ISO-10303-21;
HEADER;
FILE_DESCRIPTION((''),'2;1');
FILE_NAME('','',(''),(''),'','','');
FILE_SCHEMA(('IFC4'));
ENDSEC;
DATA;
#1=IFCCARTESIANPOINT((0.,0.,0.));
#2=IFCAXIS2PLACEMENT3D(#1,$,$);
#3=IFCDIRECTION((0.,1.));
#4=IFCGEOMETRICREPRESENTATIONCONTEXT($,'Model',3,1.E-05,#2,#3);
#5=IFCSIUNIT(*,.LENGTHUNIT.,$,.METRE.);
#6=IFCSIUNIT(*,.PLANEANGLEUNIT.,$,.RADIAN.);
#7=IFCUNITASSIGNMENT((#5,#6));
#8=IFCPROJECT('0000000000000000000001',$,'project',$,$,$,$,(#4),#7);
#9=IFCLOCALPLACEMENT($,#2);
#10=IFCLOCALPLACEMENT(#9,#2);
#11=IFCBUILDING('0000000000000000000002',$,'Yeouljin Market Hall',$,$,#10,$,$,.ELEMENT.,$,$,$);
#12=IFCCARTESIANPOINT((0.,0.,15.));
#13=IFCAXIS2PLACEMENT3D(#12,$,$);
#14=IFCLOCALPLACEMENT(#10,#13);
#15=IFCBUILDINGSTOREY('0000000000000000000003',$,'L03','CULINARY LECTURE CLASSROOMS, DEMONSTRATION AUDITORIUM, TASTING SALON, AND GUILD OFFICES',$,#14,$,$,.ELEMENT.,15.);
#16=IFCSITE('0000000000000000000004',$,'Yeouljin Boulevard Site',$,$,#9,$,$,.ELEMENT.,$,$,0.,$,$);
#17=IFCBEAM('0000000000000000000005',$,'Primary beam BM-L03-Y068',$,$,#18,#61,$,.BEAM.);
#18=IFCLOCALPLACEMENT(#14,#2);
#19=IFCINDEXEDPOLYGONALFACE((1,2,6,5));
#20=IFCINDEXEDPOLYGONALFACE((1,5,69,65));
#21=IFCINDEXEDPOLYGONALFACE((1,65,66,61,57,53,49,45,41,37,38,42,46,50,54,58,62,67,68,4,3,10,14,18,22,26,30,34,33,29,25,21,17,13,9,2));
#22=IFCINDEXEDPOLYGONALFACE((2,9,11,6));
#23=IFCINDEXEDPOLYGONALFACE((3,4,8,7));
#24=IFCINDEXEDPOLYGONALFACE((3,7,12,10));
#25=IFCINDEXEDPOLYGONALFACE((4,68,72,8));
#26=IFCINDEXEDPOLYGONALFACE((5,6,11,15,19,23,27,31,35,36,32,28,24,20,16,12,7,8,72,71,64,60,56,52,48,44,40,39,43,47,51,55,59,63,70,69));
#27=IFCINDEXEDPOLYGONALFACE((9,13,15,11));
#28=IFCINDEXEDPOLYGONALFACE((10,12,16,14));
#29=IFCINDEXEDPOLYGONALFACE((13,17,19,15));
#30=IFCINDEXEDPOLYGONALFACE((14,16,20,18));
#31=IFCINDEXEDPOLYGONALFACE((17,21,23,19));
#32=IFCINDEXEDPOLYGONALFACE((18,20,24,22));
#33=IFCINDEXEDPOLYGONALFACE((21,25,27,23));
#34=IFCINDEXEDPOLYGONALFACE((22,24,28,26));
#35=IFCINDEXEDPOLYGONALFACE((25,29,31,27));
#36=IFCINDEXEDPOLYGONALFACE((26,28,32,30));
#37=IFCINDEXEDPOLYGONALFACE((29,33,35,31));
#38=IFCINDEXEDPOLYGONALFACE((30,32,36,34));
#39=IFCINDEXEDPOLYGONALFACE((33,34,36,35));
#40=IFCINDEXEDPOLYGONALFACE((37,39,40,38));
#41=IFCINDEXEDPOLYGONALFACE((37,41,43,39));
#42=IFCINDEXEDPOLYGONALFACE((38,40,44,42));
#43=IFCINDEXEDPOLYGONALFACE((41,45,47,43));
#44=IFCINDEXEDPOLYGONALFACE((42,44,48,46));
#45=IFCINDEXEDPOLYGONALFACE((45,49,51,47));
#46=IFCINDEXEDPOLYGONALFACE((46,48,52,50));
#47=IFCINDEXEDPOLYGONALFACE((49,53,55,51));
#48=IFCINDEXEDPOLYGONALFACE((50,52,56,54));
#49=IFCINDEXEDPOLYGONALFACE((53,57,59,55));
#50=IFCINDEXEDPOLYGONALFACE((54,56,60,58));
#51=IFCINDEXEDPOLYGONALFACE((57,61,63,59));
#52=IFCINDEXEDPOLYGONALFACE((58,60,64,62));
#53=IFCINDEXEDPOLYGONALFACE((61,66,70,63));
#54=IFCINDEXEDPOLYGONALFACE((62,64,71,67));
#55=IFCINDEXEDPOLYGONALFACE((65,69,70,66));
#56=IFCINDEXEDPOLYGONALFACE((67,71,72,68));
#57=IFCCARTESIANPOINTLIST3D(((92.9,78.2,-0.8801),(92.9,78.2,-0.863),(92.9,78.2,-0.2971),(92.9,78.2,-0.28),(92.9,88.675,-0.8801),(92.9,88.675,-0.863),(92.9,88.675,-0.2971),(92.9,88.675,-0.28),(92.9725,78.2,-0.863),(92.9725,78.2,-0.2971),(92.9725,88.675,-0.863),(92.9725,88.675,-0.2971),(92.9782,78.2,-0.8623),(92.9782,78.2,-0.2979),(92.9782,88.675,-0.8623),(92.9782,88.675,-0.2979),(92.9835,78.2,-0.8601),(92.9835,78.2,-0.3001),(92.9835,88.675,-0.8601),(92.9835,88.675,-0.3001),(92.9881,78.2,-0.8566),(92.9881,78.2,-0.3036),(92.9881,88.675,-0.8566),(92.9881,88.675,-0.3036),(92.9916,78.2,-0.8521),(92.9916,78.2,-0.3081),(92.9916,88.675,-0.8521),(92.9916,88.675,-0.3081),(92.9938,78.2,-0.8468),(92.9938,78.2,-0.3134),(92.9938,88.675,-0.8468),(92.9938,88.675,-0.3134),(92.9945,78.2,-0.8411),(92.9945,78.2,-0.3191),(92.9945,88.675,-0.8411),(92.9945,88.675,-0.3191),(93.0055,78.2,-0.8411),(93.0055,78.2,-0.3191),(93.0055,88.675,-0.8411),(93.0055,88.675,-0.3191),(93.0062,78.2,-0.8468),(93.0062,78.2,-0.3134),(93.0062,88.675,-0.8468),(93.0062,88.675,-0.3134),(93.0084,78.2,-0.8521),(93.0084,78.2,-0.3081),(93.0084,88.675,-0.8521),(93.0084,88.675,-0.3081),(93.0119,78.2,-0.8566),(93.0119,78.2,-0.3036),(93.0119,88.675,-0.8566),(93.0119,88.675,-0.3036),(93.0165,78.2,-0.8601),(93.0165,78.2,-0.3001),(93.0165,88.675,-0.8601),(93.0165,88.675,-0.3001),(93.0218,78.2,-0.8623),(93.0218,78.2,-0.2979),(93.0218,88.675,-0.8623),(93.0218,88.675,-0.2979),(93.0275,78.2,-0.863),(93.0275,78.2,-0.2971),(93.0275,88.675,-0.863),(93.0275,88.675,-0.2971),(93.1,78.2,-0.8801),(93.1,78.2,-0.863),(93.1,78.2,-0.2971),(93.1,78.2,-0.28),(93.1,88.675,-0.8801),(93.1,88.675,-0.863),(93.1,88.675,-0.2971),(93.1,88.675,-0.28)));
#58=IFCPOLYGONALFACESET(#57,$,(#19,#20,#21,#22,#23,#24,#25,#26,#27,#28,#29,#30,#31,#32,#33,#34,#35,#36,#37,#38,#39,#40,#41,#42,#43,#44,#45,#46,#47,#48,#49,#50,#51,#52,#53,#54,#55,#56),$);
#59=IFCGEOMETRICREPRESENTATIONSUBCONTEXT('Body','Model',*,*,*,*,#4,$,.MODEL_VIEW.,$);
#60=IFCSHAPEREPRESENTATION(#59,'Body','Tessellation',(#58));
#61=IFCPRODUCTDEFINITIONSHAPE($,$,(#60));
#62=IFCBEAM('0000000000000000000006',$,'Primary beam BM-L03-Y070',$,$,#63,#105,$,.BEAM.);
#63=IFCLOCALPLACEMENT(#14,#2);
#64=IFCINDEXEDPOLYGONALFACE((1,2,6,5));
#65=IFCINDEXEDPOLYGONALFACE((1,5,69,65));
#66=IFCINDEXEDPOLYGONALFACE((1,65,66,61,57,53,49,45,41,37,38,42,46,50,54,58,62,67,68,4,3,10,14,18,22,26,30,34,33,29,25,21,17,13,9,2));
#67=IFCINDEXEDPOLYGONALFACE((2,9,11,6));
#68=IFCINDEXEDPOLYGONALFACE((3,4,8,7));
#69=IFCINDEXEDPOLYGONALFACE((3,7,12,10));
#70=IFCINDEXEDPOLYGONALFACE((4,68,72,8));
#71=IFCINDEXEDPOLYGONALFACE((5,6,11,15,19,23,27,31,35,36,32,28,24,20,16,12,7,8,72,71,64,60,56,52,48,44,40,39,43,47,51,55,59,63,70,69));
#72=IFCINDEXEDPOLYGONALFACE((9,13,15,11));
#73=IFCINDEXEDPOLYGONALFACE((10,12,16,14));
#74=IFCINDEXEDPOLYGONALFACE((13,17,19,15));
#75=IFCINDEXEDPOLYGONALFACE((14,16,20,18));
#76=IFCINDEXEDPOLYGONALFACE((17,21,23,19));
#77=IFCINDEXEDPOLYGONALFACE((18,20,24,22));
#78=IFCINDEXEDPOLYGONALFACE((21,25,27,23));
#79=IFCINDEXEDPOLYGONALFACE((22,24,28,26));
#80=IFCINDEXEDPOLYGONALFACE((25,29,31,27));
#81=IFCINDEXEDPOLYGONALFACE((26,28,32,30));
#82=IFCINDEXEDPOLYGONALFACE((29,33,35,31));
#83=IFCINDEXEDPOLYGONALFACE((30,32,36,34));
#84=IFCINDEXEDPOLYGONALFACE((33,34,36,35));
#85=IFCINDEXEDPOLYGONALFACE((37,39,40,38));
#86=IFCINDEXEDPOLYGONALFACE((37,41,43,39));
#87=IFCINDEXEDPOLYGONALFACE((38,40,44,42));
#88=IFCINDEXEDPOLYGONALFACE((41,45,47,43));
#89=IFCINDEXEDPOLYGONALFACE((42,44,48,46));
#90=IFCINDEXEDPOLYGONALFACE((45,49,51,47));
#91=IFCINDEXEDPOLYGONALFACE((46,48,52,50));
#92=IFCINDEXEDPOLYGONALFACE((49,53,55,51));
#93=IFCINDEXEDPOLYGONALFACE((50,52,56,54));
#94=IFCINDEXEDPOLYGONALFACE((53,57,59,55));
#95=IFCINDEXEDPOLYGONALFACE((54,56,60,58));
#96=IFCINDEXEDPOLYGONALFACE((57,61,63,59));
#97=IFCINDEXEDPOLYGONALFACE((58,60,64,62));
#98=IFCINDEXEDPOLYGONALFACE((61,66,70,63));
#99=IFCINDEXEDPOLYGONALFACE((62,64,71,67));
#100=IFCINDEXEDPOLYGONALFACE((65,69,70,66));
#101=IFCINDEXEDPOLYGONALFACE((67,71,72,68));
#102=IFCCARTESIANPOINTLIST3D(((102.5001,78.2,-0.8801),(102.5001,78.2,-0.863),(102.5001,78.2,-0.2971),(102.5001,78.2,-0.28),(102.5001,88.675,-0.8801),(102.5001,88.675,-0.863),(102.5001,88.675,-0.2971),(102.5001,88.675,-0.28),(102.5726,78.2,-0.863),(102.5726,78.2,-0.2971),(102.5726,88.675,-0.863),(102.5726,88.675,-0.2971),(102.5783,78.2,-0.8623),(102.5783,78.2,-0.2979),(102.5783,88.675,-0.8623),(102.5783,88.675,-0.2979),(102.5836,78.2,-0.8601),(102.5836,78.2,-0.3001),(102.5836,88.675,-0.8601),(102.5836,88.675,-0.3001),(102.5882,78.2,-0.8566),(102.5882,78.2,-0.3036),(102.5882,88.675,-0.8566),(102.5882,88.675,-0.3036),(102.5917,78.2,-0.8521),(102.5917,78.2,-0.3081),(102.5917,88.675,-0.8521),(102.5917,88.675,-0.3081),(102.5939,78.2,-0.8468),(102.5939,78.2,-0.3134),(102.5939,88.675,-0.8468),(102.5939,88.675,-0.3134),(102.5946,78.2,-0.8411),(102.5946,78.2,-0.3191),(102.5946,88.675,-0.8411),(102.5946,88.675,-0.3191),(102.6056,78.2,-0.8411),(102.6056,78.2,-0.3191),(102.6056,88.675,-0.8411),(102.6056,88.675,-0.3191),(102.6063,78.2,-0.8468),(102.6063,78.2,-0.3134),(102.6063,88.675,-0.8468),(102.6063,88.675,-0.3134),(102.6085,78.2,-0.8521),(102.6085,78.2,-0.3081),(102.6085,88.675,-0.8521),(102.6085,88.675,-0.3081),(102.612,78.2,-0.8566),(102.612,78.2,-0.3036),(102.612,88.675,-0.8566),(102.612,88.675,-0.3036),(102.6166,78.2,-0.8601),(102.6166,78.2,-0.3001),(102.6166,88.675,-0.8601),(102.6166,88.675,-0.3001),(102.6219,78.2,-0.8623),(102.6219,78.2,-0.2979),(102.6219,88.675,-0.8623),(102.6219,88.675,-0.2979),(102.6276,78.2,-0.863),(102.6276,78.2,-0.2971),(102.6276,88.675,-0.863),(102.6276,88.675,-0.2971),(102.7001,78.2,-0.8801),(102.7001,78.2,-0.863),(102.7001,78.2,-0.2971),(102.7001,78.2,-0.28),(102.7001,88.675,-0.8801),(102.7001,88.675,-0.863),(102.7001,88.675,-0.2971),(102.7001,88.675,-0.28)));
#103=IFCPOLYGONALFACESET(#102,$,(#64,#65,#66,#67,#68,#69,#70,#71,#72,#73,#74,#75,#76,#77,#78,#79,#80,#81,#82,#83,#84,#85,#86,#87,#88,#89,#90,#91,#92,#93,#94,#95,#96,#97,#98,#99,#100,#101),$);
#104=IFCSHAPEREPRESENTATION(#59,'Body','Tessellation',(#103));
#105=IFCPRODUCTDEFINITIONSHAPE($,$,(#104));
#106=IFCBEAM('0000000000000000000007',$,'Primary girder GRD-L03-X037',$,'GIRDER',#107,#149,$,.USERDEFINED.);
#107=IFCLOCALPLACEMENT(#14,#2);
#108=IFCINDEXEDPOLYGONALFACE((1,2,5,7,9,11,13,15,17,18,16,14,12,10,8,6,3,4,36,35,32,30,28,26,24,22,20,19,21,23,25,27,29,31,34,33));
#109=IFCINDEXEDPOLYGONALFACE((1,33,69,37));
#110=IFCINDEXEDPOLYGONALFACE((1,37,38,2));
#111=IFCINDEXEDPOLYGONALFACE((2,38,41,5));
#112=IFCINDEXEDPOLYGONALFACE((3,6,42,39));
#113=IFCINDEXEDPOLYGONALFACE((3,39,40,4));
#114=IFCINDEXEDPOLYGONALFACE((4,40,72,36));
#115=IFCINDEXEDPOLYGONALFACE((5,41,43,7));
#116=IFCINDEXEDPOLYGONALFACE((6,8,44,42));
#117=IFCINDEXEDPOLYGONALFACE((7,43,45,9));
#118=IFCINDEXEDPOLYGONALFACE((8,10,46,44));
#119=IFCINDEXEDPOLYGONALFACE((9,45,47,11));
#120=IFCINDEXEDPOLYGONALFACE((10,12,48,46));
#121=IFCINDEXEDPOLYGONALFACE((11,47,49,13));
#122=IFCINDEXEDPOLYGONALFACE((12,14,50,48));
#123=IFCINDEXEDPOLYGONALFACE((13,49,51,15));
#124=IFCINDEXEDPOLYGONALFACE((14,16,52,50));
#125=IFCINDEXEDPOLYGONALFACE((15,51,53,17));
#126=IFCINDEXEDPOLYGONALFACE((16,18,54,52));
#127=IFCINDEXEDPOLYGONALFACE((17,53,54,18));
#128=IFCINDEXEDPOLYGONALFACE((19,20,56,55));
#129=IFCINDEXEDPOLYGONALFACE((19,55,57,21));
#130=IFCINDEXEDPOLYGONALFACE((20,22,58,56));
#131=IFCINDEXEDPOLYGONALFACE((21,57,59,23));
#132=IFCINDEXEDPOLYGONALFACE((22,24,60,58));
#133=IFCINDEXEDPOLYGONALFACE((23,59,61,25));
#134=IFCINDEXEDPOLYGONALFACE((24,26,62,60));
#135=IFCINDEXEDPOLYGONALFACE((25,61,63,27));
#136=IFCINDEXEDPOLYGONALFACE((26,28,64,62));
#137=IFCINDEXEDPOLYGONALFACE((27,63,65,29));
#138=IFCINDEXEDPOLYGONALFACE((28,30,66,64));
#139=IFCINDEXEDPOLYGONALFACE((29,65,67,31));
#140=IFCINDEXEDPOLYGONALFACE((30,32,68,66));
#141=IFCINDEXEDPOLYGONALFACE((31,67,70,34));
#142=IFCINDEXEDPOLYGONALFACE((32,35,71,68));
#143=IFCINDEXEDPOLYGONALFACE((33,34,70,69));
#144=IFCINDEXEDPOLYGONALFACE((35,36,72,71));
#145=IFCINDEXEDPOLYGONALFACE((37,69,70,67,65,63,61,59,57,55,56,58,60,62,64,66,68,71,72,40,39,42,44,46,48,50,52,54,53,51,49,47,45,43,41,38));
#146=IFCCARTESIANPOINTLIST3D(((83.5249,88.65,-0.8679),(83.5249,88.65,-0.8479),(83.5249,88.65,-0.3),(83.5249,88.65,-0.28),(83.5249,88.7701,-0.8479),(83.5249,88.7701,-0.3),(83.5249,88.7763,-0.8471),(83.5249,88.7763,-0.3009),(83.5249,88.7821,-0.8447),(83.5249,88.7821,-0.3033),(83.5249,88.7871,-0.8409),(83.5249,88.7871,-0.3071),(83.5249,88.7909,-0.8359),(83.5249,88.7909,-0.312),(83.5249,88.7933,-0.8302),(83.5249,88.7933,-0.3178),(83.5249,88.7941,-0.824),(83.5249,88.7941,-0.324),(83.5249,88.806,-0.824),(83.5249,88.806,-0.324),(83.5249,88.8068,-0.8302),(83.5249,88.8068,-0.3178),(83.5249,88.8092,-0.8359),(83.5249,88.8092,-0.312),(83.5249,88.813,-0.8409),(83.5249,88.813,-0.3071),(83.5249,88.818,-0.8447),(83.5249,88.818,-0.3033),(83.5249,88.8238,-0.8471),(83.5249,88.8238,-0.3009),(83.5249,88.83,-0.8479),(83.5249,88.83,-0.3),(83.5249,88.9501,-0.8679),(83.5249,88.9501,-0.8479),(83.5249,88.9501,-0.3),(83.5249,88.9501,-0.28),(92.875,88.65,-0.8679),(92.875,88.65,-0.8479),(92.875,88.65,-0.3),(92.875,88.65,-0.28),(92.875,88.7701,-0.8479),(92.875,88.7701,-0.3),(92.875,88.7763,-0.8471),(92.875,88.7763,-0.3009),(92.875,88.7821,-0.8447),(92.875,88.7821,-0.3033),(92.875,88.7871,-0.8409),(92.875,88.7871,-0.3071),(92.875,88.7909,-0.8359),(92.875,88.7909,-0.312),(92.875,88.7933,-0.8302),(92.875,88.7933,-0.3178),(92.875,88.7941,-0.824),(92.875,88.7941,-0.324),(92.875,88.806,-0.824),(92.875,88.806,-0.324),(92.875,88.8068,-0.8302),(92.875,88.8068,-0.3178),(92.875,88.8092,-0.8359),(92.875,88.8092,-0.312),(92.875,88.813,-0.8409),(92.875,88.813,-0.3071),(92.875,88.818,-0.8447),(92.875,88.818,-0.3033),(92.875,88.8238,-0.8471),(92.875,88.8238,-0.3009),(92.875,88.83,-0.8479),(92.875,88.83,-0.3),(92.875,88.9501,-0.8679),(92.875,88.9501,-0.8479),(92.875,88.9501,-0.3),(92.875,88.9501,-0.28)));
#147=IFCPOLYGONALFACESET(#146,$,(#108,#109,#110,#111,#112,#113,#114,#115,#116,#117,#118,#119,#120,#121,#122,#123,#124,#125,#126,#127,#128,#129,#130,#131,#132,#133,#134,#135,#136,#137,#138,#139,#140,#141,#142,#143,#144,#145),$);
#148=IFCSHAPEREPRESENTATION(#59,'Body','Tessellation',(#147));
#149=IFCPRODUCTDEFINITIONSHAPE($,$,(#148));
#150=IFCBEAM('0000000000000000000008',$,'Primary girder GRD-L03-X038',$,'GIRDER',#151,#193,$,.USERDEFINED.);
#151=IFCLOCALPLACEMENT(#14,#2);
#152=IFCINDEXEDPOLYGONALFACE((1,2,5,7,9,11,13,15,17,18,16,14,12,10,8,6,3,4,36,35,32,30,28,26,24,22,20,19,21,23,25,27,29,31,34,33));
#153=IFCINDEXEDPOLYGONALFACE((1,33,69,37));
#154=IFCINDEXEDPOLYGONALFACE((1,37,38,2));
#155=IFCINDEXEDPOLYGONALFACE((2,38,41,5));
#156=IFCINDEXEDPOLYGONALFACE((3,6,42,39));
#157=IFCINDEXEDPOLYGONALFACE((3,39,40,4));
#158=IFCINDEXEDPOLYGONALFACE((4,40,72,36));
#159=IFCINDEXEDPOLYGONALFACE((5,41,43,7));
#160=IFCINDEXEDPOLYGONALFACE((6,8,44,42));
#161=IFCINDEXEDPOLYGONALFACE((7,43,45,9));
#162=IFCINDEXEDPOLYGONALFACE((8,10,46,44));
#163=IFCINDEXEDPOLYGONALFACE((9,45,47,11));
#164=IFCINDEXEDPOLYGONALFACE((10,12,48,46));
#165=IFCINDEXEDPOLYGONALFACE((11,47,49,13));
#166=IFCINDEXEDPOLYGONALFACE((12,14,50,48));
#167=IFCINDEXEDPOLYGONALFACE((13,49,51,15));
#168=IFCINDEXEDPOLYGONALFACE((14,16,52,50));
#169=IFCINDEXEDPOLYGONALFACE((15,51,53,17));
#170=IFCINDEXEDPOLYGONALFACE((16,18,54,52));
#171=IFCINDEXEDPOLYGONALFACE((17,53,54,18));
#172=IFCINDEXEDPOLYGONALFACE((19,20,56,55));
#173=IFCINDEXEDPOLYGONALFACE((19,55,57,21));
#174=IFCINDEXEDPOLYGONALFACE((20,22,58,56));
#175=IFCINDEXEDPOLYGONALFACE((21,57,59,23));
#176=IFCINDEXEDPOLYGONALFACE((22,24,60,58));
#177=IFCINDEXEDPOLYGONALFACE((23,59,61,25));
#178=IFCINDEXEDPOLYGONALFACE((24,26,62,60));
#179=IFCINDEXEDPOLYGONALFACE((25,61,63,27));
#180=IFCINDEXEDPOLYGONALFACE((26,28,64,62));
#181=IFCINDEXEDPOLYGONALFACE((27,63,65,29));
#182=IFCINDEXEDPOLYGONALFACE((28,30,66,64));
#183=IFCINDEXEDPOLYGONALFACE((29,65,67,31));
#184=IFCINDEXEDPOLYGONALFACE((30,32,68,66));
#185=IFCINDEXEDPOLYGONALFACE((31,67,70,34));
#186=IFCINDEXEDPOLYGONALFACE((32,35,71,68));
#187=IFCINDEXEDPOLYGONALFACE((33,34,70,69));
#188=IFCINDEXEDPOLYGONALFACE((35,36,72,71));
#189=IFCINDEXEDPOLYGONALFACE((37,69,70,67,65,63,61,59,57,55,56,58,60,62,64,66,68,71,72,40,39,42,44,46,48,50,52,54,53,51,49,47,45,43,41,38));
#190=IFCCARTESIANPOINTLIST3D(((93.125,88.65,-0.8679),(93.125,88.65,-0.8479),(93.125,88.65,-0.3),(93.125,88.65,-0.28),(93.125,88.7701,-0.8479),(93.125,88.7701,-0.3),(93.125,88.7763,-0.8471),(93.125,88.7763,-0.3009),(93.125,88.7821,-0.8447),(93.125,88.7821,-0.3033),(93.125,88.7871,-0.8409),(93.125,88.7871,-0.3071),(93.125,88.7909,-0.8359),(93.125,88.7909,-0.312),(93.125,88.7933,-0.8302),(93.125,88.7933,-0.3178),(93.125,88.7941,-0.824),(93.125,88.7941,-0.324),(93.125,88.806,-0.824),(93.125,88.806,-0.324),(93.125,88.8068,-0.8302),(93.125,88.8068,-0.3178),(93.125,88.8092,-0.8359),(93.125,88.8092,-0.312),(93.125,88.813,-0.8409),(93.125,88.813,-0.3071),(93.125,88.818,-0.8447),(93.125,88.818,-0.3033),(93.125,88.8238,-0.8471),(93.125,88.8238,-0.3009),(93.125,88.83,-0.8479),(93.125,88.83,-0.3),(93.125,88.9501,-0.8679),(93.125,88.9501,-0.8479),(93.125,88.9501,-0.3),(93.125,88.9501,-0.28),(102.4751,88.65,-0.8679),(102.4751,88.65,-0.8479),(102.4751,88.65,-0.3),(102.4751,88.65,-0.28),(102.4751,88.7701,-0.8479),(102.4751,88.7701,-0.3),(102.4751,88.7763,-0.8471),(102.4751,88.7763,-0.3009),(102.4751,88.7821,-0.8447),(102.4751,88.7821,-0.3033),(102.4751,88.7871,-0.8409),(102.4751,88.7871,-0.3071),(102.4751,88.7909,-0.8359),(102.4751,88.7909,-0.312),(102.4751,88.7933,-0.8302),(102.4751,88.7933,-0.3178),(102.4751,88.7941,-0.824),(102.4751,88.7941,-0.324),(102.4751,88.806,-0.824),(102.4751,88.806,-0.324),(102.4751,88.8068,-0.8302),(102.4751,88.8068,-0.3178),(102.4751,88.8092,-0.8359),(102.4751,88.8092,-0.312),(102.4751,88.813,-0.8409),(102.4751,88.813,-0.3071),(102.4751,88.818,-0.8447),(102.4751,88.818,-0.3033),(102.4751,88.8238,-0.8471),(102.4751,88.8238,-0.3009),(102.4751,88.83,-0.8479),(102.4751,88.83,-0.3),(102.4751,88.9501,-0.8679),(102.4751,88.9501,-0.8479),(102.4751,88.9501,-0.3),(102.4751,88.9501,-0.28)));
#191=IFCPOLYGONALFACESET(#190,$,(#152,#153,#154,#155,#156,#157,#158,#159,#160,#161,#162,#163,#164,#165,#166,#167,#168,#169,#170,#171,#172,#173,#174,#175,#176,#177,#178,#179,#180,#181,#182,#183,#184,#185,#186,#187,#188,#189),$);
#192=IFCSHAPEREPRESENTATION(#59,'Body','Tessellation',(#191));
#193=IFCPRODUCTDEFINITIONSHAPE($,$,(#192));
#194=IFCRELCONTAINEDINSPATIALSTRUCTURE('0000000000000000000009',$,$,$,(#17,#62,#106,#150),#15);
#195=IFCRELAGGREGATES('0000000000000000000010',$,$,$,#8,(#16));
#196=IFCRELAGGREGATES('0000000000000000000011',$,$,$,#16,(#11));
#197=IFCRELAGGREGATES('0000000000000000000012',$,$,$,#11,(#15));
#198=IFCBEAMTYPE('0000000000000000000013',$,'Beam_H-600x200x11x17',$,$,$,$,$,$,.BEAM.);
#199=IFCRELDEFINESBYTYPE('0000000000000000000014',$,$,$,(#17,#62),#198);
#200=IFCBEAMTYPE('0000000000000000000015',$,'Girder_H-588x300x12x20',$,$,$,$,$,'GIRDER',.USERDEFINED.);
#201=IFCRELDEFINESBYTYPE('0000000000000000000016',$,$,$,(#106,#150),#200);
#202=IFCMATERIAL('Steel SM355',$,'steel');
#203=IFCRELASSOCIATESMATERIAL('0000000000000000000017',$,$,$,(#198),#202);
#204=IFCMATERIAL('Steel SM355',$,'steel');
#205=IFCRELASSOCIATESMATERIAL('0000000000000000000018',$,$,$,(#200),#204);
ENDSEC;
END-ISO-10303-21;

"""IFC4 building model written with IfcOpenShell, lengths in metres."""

from ifc_helpers import new_model, si_unit, direction, frame, origin, origin_2d, place, context, subcontext, project, spatial, i_section, extrude, material, material_profile, profile_set, type_object, element, save


model = new_model("IFC4")

# Units and contexts
model_context = context("Model", 3, precision=1e-05, world=origin(), true_north=direction((0.0, 1.0)))
body_context = subcontext(model_context, "Body", "Model", "MODEL_VIEW")
ifc_project = project(units=[si_unit("LENGTHUNIT", "METRE"), si_unit("PLANEANGLEUNIT", "RADIAN")], contexts=[model_context])

# Site, building, storey
site_placement = place(None, origin())
site = spatial("IfcSite", under=ifc_project, at=site_placement, Name="Yeouljin Boulevard Site", CompositionType="ELEMENT", RefElevation=0.0)
building_placement = place(site_placement, origin())
building = spatial("IfcBuilding", under=site, at=building_placement, Name="Yeouljin Market Hall", CompositionType="ELEMENT")
storey_placement = place(building_placement, frame((0.0, 0.0, 15.0)))
storey = spatial("IfcBuildingStorey", under=building, at=storey_placement, Name="L03", Description="CULINARY LECTURE CLASSROOMS, DEMONSTRATION AUDITORIUM, TASTING SALON, AND GUILD OFFICES", CompositionType="ELEMENT", Elevation=15.0)

# Beams
ifc_material_1 = material(Name="Steel SM355", Category="steel")
ifc_material_profile_1 = material_profile(ifc_material_1, i_section(OverallWidth=0.2, OverallDepth=0.6001, WebThickness=0.011, FlangeThickness=0.0171, FilletRadius=0.022, at=origin_2d()), Name="H-600x200x11x17")
ifc_profile_set_1 = profile_set([ifc_material_profile_1], Name="Steel SM355")
beam_type_1 = type_object("IfcBeamType", Name="Beam_H-600x200x11x17", PredefinedType="BEAM", material=ifc_profile_set_1)
for number, where, z_axis, x_axis, name in (
    (1, (93.0, 78.2, -0.5801), (0.0, 1.0, 0.0), (-1.0, 0.0, 0.0), "Primary beam BM-L03-Y068"),
    (2, (102.6001, 78.2, -0.5801), (0.0, 1.0, 0.0), (-1.0, 0.0, 0.0), "Primary beam BM-L03-Y070"),
):
    element("IfcBeam", number, at=place(storey_placement, frame(where, z_axis=z_axis, x_axis=x_axis)), inside=storey, type_object=beam_type_1, Name=name, PredefinedType="BEAM", context=body_context, shape_type="SweptSolid", body=[
        extrude(i_section(OverallWidth=0.2, OverallDepth=0.6001, WebThickness=0.011, FlangeThickness=0.0171, FilletRadius=0.022, at=origin_2d()), origin(), (0.0, 0.0, 1.0), 10.4751),
    ])
ifc_material_2 = material(Name="Steel SM355", Category="steel")
ifc_material_profile_2 = material_profile(ifc_material_2, i_section(OverallWidth=0.3, OverallDepth=0.5879, WebThickness=0.012, FlangeThickness=0.02, FilletRadius=0.0239, at=origin_2d()), Name="H-588x300x12x20")
ifc_profile_set_2 = profile_set([ifc_material_profile_2], Name="Steel SM355")
beam_type_2 = type_object("IfcBeamType", Name="Girder_H-588x300x12x20", ElementType="GIRDER", PredefinedType="USERDEFINED", material=ifc_profile_set_2)
for number, where, z_axis, x_axis, name in (
    (3, (83.5249, 88.8, -0.574), (1.0, 0.0, 0.0), (0.0, 1.0, 0.0), "Primary girder GRD-L03-X037"),
    (4, (93.125, 88.8, -0.574), (1.0, 0.0, 0.0), (0.0, 1.0, 0.0), "Primary girder GRD-L03-X038"),
):
    element("IfcBeam", number, at=place(storey_placement, frame(where, z_axis=z_axis, x_axis=x_axis)), inside=storey, type_object=beam_type_2, Name=name, ObjectType="GIRDER", PredefinedType="USERDEFINED", context=body_context, shape_type="SweptSolid", body=[
        extrude(i_section(OverallWidth=0.3, OverallDepth=0.5879, WebThickness=0.012, FlangeThickness=0.02, FilletRadius=0.0239, at=origin_2d()), origin(), (0.0, 0.0, 1.0), 9.3501),
    ])

save(model, "model.ifc")
